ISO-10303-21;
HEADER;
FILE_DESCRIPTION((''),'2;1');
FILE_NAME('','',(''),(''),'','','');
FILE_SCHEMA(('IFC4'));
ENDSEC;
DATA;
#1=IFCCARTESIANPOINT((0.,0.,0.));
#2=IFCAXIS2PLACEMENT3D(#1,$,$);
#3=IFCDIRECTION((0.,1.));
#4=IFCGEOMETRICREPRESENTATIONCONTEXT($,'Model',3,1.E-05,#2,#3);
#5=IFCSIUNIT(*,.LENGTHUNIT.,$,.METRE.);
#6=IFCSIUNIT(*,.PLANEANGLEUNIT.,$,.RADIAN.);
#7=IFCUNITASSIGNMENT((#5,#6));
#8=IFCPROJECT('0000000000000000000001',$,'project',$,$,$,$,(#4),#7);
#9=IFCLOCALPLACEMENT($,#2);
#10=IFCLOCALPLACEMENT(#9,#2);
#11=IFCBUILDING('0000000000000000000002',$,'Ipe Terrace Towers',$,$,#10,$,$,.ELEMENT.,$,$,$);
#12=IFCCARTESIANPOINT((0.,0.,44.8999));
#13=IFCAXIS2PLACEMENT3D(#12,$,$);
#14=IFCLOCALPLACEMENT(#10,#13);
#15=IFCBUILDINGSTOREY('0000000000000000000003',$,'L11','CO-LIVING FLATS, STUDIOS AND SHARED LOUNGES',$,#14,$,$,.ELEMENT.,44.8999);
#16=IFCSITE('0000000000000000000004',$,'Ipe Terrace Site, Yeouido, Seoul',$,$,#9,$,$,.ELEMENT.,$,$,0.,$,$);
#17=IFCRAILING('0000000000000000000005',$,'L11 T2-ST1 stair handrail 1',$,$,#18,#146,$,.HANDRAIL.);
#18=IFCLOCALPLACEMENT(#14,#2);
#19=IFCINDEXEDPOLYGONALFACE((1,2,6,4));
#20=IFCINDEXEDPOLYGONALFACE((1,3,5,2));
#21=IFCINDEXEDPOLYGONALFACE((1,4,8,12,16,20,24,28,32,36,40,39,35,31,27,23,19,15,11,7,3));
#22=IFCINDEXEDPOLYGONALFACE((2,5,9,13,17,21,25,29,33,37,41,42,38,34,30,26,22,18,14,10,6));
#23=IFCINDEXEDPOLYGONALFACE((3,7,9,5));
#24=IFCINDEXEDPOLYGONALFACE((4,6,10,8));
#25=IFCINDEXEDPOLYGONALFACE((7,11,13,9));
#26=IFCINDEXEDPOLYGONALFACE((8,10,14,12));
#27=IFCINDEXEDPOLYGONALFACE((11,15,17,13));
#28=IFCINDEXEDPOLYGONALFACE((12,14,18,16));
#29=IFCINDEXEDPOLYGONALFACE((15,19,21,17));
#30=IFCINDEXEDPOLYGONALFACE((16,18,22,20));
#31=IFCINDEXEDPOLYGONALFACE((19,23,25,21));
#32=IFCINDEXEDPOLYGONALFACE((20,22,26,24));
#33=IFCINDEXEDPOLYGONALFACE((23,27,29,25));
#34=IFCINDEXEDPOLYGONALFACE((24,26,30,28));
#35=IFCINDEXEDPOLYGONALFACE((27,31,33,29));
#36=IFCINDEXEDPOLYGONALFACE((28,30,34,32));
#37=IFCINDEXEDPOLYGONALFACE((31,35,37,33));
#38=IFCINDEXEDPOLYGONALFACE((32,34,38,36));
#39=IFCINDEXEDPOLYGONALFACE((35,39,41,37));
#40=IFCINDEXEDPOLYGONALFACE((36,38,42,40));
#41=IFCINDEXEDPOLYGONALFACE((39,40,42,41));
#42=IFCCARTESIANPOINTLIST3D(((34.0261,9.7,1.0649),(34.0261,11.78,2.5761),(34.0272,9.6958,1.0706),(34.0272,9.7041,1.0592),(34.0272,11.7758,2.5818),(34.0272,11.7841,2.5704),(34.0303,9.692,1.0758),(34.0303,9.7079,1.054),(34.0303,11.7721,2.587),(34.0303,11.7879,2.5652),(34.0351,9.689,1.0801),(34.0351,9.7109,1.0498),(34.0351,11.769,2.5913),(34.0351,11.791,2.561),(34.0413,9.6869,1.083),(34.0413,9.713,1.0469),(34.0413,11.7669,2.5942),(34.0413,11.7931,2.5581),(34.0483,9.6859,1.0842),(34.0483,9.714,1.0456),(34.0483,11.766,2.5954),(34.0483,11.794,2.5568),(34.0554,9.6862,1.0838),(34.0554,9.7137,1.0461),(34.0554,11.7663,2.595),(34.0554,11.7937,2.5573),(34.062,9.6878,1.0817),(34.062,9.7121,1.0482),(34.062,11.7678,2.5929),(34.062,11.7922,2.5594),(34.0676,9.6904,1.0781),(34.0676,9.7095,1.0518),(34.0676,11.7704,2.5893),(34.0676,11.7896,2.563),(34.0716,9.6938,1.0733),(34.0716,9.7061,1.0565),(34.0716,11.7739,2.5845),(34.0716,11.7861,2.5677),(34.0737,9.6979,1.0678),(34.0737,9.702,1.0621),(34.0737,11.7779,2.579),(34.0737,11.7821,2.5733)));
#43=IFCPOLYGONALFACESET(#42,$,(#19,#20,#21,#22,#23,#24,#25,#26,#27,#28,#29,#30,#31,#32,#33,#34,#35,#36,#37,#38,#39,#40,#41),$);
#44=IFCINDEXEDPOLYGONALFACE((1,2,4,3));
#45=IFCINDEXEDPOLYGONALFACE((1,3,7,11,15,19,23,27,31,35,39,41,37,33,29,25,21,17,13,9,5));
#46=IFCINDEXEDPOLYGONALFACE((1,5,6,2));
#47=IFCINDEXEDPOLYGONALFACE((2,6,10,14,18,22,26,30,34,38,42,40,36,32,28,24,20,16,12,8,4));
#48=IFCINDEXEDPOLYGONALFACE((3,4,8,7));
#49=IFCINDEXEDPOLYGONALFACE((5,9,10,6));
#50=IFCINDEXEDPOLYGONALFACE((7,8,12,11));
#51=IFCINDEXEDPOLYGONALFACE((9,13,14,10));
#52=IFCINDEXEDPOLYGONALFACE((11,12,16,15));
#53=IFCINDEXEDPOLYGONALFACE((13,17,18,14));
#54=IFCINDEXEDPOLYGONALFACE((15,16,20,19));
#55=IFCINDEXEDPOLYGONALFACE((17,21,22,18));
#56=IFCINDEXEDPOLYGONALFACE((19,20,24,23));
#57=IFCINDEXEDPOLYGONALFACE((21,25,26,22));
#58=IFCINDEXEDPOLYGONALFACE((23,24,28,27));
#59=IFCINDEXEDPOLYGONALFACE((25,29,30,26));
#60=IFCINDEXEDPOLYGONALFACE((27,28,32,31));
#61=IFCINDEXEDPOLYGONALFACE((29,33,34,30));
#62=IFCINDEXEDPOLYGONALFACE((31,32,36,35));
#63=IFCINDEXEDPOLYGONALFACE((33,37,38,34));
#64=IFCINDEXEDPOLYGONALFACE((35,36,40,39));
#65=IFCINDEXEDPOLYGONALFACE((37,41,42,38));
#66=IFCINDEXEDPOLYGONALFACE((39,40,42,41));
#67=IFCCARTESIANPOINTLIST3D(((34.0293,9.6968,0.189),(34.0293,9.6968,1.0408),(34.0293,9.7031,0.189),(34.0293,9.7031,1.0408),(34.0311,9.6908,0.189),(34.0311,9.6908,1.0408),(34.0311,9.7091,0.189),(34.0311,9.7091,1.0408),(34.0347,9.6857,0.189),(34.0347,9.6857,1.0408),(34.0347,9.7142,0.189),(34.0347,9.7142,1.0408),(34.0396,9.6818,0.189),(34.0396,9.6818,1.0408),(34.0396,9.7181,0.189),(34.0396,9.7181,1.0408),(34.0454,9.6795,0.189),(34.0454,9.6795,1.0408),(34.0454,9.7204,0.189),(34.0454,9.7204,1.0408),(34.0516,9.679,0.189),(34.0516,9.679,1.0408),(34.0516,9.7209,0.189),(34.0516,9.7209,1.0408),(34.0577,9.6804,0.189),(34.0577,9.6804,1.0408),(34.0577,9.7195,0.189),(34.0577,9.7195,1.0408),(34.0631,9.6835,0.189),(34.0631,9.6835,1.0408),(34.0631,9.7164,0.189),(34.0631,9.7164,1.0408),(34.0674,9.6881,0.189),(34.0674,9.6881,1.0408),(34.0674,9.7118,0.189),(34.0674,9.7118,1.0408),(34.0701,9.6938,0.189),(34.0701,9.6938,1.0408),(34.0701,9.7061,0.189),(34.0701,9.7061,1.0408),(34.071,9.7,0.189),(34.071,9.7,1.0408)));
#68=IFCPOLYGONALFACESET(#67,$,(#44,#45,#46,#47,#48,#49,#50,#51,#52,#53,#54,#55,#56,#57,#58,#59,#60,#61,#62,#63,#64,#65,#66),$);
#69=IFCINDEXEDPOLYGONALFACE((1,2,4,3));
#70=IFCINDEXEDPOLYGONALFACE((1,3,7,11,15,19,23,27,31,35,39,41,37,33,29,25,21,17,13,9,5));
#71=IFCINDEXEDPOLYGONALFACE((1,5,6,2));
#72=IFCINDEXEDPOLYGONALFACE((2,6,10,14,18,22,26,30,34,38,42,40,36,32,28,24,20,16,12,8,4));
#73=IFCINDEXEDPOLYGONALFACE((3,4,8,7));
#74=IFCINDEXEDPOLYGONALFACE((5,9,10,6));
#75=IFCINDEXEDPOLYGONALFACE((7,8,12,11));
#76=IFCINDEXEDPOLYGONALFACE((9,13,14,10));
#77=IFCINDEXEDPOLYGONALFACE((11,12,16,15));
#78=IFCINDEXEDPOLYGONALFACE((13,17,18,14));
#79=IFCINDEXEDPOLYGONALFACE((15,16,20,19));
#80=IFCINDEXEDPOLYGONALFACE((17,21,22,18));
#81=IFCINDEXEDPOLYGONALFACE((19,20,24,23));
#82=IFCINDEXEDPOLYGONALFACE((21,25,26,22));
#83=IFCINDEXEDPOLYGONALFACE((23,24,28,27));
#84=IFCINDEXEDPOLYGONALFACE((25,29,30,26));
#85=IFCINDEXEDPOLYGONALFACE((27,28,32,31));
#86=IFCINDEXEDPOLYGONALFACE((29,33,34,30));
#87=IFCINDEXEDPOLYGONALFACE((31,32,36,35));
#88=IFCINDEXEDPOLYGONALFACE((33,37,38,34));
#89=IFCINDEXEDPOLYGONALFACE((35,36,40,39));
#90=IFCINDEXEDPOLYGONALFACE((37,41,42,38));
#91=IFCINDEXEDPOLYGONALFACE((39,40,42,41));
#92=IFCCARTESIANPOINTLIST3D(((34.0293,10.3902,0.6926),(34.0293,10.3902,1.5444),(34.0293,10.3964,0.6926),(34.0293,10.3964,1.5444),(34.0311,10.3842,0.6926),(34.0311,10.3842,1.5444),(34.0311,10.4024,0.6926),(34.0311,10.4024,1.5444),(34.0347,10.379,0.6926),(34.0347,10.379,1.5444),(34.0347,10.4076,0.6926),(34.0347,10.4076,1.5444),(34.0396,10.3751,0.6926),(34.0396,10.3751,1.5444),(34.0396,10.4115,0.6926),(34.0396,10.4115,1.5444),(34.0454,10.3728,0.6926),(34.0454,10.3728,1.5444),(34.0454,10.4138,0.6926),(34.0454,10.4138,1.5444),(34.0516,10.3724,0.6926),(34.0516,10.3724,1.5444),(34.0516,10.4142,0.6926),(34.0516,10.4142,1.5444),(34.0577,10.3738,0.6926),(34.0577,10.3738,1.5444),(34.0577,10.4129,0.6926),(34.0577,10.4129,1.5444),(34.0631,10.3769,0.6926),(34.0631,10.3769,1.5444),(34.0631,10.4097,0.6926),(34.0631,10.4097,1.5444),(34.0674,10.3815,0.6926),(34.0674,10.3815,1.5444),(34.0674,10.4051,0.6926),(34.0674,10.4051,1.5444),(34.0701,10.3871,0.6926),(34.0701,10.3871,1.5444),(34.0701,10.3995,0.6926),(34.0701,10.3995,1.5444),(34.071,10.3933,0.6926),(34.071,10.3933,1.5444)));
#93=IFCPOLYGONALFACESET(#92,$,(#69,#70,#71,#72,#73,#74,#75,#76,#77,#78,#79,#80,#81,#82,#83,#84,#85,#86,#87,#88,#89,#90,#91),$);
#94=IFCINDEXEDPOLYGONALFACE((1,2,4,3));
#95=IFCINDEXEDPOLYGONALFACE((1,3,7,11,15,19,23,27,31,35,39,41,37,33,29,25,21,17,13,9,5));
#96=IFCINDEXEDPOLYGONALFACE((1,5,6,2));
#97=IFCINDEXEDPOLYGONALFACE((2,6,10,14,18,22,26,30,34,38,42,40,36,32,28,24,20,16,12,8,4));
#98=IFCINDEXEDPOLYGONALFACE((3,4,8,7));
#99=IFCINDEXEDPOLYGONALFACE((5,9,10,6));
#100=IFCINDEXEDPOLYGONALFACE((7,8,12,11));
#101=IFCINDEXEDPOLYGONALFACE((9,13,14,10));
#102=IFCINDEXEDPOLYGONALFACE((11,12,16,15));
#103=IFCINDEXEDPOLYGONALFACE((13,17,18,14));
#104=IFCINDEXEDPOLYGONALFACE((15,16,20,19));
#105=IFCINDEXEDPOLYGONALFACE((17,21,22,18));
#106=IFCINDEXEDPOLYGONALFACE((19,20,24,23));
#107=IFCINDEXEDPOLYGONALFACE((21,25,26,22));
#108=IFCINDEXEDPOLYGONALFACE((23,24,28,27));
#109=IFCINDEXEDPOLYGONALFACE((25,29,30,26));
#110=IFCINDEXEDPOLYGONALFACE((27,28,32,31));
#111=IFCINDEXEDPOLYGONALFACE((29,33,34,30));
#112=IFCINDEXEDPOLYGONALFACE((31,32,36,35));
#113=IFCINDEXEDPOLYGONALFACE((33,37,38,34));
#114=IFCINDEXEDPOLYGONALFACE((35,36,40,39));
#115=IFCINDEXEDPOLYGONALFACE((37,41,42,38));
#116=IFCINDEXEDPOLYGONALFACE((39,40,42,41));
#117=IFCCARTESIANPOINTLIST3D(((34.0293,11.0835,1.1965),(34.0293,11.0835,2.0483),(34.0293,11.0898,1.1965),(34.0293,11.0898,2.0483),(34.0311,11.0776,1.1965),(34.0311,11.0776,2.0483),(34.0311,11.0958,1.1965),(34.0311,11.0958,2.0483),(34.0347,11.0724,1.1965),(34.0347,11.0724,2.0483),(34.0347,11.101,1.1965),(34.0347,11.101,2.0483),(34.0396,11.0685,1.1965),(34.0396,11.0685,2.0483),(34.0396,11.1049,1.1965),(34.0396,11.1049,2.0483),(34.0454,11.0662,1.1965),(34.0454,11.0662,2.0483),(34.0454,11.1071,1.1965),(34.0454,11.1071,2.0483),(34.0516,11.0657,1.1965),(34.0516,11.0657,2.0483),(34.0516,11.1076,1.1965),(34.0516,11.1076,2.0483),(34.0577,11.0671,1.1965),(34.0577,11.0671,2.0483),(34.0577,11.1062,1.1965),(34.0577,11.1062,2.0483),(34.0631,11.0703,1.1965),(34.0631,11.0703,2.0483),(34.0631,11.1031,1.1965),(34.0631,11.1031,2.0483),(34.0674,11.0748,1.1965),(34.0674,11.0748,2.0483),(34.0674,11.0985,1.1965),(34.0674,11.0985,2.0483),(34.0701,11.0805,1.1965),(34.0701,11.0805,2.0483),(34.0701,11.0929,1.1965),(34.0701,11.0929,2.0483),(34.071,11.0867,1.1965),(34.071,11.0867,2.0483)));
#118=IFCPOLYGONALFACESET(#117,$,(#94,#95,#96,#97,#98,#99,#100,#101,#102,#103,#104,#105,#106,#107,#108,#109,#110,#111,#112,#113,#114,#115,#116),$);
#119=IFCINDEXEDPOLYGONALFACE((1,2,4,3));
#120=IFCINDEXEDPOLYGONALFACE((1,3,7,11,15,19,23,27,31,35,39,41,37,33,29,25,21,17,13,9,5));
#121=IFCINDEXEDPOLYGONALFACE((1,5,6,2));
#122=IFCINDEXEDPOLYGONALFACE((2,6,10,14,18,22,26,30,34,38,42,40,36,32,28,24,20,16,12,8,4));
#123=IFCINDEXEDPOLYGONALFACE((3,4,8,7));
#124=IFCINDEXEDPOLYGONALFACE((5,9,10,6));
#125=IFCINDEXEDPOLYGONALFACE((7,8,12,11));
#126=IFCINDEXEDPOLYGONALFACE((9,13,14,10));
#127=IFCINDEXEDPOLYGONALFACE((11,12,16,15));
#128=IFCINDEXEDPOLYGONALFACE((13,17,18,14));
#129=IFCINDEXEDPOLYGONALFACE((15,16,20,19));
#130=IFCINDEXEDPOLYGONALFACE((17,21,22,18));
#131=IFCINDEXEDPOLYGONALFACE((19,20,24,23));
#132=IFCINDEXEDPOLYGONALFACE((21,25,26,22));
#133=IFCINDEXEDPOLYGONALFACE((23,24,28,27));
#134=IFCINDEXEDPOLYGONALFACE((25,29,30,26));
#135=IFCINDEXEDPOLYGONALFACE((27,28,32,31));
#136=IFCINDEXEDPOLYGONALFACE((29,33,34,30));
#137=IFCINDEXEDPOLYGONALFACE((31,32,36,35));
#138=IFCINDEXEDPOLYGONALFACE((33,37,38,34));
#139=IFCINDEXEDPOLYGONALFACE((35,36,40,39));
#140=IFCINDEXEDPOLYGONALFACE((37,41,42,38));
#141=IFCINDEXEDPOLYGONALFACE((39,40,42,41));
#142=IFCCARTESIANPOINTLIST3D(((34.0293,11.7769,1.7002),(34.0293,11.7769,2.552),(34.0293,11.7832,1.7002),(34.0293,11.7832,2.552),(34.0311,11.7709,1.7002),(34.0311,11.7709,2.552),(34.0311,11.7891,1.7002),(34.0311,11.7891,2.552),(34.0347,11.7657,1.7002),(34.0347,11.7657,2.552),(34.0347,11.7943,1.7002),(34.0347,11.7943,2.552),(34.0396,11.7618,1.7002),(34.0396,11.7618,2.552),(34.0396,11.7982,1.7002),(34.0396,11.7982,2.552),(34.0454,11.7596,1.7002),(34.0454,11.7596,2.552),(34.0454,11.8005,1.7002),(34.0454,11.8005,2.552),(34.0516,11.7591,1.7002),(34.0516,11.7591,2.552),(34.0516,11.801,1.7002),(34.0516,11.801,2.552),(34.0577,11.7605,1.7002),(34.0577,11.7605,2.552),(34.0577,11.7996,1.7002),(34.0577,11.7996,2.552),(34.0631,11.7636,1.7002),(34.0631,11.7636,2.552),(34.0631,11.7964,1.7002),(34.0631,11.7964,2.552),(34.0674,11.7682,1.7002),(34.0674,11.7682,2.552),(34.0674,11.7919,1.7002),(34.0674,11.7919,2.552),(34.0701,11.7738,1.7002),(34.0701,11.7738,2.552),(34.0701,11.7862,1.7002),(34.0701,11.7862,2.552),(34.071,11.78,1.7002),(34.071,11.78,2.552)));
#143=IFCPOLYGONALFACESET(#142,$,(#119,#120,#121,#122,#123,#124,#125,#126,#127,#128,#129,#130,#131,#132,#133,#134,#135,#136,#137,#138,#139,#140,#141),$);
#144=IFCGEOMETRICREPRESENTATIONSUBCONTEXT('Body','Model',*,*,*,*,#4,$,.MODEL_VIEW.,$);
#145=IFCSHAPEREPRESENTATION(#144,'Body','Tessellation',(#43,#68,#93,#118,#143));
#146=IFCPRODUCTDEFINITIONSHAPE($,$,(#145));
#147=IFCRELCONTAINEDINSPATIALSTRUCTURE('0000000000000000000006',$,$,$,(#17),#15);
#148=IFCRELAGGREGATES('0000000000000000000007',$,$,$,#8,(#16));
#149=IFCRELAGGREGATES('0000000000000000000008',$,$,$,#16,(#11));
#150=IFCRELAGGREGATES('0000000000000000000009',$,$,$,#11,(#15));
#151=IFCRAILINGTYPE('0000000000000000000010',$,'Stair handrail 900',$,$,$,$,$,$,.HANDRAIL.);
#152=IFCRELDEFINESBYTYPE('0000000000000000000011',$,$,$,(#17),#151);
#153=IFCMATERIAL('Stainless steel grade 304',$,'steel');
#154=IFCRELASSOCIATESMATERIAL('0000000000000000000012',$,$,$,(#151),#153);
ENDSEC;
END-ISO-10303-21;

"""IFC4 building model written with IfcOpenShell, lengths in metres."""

from ifc_helpers import new_model, si_unit, direction, frame, origin, origin_2d, place, context, subcontext, project, spatial, circle, extrude, material, type_object, element, save


model = new_model("IFC4")

# Units and contexts
model_context = context("Model", 3, precision=1e-05, world=origin(), true_north=direction((0.0, 1.0)))
body_context = subcontext(model_context, "Body", "Model", "MODEL_VIEW")
ifc_project = project(units=[si_unit("LENGTHUNIT", "METRE"), si_unit("PLANEANGLEUNIT", "RADIAN")], contexts=[model_context])

# Site, building, storey
site_placement = place(None, origin())
site = spatial("IfcSite", under=ifc_project, at=site_placement, Name="Ipe Terrace Site, Yeouido, Seoul", CompositionType="ELEMENT", RefElevation=0.0)
building_placement = place(site_placement, origin())
building = spatial("IfcBuilding", under=site, at=building_placement, Name="Ipe Terrace Towers", CompositionType="ELEMENT")
storey_placement = place(building_placement, frame((0.0, 0.0, 44.8999)))
storey = spatial("IfcBuildingStorey", under=building, at=storey_placement, Name="L11", Description="CO-LIVING FLATS, STUDIOS AND SHARED LOUNGES", CompositionType="ELEMENT", Elevation=44.8999)

# Railing
ifc_material_1 = material(Name="Stainless steel grade 304", Category="steel")
railing_type_1 = type_object("IfcRailingType", Name="Stair handrail 900", PredefinedType="HANDRAIL", material=ifc_material_1)
railing_1_placement = place(storey_placement, frame((34.05, 9.7, 0.189)))
element("IfcRailing", 1, at=railing_1_placement, inside=storey, type_object=railing_type_1, Name="L11 T2-ST1 stair handrail 1", PredefinedType="HANDRAIL", context=body_context, shape_type="SweptSolid", body=[
    extrude(circle(Radius=0.0239, at=origin_2d()), frame((0.0, 0.0, 0.876), z_axis=(0.0, 0.809023, 0.587776), x_axis=(-1.0, 0.0, 0.0)), (0.0, 0.0, 1.0), 2.571),
    extrude(circle(Radius=0.021, at=origin_2d()), origin(), (0.0, 0.0, 1.0), 0.8518),
    extrude(circle(Radius=0.021, at=origin_2d()), frame((0.0, 0.6934, 0.5037)), (0.0, 0.0, 1.0), 0.8518),
    extrude(circle(Radius=0.021, at=origin_2d()), frame((0.0, 1.3867, 1.0076)), (0.0, 0.0, 1.0), 0.8518),
    extrude(circle(Radius=0.021, at=origin_2d()), frame((0.0, 2.0801, 1.5112)), (0.0, 0.0, 1.0), 0.8518),
])

save(model, "model.ifc")
